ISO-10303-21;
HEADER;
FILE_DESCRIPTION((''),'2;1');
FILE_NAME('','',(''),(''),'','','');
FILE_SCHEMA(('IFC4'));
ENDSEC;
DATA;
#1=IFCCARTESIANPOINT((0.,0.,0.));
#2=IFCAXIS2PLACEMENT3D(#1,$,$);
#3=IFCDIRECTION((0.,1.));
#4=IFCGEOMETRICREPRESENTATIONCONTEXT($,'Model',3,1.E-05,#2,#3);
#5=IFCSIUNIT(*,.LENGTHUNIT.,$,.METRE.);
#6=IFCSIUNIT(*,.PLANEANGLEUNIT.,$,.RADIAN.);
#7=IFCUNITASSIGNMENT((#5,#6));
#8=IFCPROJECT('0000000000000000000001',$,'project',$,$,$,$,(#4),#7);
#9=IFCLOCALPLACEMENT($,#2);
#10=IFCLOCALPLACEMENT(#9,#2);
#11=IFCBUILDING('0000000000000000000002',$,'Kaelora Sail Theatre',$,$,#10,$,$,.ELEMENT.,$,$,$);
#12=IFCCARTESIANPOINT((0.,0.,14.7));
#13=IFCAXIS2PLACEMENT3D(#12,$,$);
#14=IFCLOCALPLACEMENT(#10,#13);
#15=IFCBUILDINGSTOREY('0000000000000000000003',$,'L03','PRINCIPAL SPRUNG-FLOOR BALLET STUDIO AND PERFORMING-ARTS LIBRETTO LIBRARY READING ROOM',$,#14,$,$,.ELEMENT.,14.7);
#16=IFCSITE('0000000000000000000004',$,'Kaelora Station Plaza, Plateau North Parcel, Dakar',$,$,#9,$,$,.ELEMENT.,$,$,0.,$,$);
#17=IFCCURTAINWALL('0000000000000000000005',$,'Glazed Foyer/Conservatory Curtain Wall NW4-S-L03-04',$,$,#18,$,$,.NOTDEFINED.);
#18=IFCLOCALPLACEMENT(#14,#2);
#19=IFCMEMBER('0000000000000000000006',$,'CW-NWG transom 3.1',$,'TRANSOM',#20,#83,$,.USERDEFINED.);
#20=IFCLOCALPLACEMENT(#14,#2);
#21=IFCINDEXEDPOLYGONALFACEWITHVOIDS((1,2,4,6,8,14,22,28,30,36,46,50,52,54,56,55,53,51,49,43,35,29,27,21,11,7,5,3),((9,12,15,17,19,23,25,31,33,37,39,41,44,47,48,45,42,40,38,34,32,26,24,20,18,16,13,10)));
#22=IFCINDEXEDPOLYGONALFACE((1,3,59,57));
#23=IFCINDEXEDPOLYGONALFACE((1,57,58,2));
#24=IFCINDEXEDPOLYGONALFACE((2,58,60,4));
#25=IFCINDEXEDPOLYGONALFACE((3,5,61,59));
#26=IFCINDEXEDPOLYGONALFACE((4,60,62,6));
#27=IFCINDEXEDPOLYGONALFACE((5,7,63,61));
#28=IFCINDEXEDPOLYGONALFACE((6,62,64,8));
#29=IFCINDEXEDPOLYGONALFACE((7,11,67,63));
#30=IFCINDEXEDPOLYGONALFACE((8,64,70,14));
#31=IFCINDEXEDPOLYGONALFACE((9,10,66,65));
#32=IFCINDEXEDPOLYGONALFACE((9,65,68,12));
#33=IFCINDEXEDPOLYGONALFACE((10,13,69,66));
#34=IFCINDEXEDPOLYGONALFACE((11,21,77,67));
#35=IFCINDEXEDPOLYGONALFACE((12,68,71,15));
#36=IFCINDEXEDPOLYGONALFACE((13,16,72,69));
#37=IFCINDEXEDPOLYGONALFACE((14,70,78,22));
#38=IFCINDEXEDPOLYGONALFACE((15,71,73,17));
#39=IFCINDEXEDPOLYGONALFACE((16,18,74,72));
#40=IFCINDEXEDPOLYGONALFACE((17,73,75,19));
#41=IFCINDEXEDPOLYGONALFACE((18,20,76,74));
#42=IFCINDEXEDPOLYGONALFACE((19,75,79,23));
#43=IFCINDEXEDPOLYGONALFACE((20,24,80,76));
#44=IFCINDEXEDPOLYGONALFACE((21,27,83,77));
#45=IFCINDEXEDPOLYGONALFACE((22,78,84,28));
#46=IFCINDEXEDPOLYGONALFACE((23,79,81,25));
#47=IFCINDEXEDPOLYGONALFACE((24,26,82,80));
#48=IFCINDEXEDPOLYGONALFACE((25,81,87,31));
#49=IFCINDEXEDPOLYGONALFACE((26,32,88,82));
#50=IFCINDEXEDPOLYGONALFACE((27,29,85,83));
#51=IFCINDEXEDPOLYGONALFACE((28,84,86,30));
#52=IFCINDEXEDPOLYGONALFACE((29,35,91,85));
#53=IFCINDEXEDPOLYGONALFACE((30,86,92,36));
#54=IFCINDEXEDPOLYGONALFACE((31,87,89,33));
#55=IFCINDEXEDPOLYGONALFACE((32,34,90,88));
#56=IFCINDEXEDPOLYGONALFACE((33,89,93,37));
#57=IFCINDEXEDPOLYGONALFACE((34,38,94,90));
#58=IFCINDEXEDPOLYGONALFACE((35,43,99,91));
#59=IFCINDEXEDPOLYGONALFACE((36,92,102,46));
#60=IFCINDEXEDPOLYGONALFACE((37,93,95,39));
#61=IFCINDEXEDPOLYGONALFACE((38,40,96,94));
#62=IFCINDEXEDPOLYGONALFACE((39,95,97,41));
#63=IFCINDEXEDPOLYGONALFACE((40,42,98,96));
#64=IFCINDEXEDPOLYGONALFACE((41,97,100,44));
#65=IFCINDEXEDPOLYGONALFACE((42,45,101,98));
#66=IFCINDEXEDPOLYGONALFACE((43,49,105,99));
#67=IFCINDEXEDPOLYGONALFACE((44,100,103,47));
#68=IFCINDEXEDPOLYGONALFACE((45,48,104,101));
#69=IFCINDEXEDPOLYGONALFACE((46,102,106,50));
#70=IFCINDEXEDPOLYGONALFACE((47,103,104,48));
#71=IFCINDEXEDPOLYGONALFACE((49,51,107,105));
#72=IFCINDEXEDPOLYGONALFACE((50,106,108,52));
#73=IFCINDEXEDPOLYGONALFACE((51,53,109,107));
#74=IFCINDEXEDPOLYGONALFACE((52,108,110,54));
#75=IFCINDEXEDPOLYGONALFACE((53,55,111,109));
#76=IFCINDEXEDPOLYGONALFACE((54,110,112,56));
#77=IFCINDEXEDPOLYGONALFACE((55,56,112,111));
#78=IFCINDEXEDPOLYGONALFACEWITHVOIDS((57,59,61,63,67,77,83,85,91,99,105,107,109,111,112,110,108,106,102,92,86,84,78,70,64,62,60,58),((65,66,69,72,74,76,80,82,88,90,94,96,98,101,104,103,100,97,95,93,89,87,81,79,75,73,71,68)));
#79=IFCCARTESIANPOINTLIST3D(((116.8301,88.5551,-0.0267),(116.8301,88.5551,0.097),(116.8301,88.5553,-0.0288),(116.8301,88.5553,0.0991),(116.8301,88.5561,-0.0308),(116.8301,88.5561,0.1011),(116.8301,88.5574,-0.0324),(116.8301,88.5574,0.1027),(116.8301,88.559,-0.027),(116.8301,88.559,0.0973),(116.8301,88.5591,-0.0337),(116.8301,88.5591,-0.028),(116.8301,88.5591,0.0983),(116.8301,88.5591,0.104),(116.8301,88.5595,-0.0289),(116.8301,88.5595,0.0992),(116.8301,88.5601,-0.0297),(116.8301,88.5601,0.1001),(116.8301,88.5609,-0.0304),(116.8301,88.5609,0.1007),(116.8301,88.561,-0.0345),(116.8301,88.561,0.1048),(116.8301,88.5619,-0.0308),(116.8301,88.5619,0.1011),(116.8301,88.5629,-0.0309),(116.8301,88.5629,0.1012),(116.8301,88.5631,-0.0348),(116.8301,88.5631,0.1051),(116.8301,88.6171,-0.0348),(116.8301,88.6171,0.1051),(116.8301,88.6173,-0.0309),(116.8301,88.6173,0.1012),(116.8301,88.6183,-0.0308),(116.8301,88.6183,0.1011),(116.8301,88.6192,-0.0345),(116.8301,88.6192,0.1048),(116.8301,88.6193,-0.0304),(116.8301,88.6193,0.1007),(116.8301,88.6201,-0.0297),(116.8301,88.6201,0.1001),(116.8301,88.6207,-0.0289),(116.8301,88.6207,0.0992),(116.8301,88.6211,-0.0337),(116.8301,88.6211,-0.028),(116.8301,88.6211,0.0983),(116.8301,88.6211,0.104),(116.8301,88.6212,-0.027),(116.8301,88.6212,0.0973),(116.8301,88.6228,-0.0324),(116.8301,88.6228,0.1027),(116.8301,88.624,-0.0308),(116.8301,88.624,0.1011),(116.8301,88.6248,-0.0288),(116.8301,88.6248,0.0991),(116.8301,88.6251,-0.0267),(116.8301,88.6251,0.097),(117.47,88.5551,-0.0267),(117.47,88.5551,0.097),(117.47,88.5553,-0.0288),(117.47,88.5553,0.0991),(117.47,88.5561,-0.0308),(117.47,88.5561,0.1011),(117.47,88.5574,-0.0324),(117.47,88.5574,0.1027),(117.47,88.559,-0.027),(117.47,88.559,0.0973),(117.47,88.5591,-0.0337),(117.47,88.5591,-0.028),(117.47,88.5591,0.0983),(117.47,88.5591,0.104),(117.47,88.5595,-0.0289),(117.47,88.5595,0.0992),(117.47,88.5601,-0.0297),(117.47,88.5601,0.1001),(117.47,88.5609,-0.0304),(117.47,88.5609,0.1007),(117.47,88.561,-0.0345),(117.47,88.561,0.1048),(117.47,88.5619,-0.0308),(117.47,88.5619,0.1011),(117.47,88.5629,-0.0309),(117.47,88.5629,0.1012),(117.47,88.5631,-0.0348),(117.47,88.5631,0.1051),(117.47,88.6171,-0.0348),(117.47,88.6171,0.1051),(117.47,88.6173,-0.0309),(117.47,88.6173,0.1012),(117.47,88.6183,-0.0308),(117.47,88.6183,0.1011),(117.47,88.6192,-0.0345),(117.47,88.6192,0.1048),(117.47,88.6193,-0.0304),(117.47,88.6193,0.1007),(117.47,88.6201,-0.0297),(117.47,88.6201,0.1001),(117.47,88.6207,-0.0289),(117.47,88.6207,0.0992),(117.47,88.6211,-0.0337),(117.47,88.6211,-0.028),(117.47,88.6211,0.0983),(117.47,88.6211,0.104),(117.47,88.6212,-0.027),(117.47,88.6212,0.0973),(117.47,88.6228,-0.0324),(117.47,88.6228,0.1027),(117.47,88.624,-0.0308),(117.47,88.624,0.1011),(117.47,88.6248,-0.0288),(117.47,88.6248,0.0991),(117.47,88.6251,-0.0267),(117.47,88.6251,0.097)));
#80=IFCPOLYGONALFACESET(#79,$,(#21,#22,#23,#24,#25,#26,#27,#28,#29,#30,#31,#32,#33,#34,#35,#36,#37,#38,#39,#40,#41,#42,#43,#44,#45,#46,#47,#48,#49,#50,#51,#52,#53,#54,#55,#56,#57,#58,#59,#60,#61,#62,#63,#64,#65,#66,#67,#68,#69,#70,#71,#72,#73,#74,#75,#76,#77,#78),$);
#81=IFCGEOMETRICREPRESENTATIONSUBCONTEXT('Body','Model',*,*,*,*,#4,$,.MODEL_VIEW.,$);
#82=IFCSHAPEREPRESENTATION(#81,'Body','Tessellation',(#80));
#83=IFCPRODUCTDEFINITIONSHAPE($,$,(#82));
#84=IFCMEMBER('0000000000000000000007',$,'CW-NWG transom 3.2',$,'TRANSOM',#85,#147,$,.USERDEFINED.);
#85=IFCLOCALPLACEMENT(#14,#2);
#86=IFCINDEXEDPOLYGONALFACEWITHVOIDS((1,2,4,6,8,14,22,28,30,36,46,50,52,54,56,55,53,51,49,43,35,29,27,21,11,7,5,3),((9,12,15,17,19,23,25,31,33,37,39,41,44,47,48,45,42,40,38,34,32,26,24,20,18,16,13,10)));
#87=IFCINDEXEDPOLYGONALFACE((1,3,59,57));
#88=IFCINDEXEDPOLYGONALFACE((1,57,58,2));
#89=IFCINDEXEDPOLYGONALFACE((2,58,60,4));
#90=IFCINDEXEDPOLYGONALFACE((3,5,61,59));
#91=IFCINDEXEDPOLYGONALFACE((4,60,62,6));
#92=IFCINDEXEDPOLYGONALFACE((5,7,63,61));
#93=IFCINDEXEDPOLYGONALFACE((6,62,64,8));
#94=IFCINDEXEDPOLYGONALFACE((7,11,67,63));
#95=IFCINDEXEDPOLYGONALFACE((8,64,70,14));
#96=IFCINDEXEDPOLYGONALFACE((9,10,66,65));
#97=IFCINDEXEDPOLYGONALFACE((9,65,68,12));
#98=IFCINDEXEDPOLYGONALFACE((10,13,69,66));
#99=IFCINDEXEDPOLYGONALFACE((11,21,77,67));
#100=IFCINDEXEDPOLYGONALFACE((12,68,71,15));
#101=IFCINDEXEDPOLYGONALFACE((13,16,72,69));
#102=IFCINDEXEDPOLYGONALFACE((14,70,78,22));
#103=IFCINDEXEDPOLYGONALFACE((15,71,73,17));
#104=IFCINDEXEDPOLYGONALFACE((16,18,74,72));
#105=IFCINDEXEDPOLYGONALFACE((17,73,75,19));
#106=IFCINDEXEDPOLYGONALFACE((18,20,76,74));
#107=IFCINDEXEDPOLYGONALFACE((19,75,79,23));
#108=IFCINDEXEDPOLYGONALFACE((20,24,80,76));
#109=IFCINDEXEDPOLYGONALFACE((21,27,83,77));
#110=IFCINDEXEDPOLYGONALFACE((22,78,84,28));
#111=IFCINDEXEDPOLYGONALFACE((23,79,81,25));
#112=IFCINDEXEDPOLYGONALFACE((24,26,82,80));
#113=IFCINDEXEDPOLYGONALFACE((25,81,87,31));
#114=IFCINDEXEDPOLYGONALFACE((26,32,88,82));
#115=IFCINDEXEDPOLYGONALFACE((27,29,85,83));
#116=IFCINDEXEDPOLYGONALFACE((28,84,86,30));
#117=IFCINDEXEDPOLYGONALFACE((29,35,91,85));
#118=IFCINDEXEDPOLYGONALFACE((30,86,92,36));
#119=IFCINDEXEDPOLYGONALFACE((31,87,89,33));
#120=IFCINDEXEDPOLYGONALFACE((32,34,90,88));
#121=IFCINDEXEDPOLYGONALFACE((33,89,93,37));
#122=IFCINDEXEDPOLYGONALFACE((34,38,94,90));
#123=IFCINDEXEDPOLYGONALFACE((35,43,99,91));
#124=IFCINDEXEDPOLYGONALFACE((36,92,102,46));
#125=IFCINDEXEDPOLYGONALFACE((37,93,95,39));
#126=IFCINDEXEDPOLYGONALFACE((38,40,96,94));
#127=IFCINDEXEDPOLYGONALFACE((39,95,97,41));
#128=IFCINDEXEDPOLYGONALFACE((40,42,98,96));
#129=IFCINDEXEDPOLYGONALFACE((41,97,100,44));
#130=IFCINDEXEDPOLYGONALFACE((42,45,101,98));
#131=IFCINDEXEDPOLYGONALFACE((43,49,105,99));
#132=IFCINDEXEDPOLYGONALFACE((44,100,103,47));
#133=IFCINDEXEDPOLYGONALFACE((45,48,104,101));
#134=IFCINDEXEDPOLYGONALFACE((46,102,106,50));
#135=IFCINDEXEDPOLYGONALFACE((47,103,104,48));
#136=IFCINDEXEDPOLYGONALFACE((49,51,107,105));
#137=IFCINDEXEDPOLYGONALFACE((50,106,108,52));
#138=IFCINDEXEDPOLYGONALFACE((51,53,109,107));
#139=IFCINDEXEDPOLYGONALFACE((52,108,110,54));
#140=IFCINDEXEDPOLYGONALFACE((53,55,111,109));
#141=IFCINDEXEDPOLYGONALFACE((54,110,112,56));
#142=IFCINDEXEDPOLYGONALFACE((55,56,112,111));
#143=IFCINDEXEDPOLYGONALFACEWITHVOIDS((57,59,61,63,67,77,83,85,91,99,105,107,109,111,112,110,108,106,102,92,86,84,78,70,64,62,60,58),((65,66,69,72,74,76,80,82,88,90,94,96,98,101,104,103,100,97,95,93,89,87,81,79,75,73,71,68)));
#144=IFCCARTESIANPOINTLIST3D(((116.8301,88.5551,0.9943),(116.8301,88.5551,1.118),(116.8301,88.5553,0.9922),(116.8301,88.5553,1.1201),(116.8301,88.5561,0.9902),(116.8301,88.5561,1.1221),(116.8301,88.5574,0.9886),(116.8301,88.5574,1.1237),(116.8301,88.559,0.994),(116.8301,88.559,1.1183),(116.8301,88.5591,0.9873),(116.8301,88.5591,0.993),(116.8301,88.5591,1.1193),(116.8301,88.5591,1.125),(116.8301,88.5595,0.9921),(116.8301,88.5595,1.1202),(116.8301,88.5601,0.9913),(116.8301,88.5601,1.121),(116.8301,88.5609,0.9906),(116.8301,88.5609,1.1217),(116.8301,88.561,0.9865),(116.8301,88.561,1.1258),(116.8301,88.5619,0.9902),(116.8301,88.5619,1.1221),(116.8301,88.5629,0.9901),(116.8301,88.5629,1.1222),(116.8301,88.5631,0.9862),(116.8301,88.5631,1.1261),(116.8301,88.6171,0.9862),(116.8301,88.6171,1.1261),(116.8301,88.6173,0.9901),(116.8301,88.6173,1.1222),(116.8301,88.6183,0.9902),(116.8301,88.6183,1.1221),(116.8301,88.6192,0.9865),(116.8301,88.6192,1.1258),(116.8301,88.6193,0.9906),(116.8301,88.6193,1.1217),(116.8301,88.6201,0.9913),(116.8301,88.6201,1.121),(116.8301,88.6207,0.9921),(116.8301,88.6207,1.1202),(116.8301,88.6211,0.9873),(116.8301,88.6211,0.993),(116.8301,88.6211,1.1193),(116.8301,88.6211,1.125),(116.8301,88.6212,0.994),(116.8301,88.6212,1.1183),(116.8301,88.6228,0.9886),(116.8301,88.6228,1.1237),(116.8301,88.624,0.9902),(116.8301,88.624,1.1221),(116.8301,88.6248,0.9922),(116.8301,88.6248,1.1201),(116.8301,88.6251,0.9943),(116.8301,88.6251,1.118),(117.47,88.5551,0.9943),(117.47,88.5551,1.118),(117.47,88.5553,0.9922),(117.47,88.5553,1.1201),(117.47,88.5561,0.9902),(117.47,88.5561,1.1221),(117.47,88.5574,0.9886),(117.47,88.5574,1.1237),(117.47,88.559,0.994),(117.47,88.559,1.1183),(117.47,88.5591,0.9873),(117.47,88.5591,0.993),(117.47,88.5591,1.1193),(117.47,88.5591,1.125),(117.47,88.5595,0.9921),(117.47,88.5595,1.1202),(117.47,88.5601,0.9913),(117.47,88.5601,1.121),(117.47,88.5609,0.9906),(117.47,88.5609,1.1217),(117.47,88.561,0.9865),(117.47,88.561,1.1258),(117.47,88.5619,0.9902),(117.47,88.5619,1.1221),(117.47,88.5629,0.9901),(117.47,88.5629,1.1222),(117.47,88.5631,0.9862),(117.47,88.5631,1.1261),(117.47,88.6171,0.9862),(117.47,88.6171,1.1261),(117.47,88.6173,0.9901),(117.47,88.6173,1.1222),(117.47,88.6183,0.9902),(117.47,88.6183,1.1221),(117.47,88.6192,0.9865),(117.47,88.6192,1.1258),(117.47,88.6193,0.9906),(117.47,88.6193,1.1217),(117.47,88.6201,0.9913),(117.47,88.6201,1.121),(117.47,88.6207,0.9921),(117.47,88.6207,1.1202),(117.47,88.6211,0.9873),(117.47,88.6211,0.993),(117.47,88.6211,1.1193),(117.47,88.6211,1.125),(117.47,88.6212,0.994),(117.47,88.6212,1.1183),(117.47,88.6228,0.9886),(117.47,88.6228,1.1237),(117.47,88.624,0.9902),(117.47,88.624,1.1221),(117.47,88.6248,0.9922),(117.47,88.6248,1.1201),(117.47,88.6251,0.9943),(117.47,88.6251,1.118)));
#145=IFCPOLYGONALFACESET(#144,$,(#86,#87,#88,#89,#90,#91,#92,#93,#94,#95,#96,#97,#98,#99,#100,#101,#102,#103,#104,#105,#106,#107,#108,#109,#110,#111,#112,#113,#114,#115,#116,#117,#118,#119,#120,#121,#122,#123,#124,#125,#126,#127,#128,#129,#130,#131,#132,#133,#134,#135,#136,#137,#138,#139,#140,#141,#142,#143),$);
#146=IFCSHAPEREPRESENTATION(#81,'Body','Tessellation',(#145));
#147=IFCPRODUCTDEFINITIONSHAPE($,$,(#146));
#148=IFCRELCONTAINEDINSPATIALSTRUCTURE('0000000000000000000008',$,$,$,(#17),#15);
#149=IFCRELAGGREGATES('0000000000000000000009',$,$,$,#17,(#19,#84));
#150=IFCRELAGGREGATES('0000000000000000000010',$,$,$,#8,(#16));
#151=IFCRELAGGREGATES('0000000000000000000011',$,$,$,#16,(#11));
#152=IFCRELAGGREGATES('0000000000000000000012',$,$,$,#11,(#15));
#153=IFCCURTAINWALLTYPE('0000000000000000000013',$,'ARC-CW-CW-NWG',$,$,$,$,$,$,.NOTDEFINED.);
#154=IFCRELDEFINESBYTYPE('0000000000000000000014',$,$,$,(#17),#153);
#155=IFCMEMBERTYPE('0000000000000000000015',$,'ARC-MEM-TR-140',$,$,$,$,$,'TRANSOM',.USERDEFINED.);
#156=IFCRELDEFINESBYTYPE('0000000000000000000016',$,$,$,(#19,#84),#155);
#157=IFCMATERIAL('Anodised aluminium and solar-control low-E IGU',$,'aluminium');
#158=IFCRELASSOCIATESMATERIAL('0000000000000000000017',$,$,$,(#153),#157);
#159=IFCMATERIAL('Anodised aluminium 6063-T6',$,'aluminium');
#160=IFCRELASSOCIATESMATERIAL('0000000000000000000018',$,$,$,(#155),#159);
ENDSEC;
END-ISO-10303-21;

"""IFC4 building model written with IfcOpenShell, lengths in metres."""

from ifc_helpers import new_model, si_unit, direction, frame, origin, origin_2d, place, context, subcontext, project, spatial, hollow_rectangle, extrude, material, material_profile, profile_set, type_object, element, aggregate, save


model = new_model("IFC4")

# Units and contexts
model_context = context("Model", 3, precision=1e-05, world=origin(), true_north=direction((0.0, 1.0)))
body_context = subcontext(model_context, "Body", "Model", "MODEL_VIEW")
ifc_project = project(units=[si_unit("LENGTHUNIT", "METRE"), si_unit("PLANEANGLEUNIT", "RADIAN")], contexts=[model_context])

# Site, building, storey
site_placement = place(None, origin())
site = spatial("IfcSite", under=ifc_project, at=site_placement, Name="Kaelora Station Plaza, Plateau North Parcel, Dakar", CompositionType="ELEMENT", RefElevation=0.0)
building_placement = place(site_placement, origin())
building = spatial("IfcBuilding", under=site, at=building_placement, Name="Kaelora Sail Theatre", CompositionType="ELEMENT")
storey_placement = place(building_placement, frame((0.0, 0.0, 14.7)))
storey = spatial("IfcBuildingStorey", under=building, at=storey_placement, Name="L03", Description="PRINCIPAL SPRUNG-FLOOR BALLET STUDIO AND PERFORMING-ARTS LIBRETTO LIBRARY READING ROOM", CompositionType="ELEMENT", Elevation=14.7)

# Curtain wall, members
ifc_material_1 = material(Name="Anodised aluminium and solar-control low-E IGU", Category="aluminium")
curtain_wall_type = type_object("IfcCurtainWallType", Name="ARC-CW-CW-NWG", PredefinedType="NOTDEFINED", material=ifc_material_1)
curtain_wall_placement = place(storey_placement, origin())
curtain_wall = element("IfcCurtainWall", 1, at=curtain_wall_placement, inside=storey, type_object=curtain_wall_type, Name="Glazed Foyer/Conservatory Curtain Wall NW4-S-L03-04", PredefinedType="NOTDEFINED")
ifc_material_2 = material(Name="Anodised aluminium 6063-T6", Category="aluminium")
ifc_material_profile_1 = material_profile(ifc_material_2, hollow_rectangle(XDim=0.0701, YDim=0.1399, WallThickness=0.0039, InnerFilletRadius=0.0039, OuterFilletRadius=0.0081, at=origin_2d()), Name="ALU-TRAN 70x140x4")
ifc_profile_set_1 = profile_set([ifc_material_profile_1], Name="Anodised aluminium 6063-T6")
member_type_1 = type_object("IfcMemberType", Name="ARC-MEM-TR-140", ElementType="TRANSOM", PredefinedType="USERDEFINED", material=ifc_profile_set_1)
member_1_placement = place(storey_placement, frame((116.8301, 88.5901, 0.0352), z_axis=(1.0, 0.0, 0.0), x_axis=(0.0, 1.0, 0.0)))
member_1 = element("IfcMember", 2, at=member_1_placement, type_object=member_type_1, Name="CW-NWG transom 3.1", ObjectType="TRANSOM", PredefinedType="USERDEFINED", context=body_context, shape_type="SweptSolid", body=[
    extrude(hollow_rectangle(XDim=0.0701, YDim=0.1399, WallThickness=0.0039, InnerFilletRadius=0.0039, OuterFilletRadius=0.0081, at=origin_2d()), origin(), (0.0, 0.0, 1.0), 0.6399),
])
member_2_placement = place(storey_placement, frame((116.8301, 88.5901, 1.0562), z_axis=(1.0, 0.0, 0.0), x_axis=(0.0, 1.0, 0.0)))
member_2 = element("IfcMember", 3, at=member_2_placement, type_object=member_type_1, Name="CW-NWG transom 3.2", ObjectType="TRANSOM", PredefinedType="USERDEFINED", context=body_context, shape_type="SweptSolid", body=[
    extrude(hollow_rectangle(XDim=0.0701, YDim=0.1399, WallThickness=0.0039, InnerFilletRadius=0.0039, OuterFilletRadius=0.0081, at=origin_2d()), origin(), (0.0, 0.0, 1.0), 0.6399),
])
aggregate(curtain_wall, [member_1, member_2])

save(model, "model.ifc")
